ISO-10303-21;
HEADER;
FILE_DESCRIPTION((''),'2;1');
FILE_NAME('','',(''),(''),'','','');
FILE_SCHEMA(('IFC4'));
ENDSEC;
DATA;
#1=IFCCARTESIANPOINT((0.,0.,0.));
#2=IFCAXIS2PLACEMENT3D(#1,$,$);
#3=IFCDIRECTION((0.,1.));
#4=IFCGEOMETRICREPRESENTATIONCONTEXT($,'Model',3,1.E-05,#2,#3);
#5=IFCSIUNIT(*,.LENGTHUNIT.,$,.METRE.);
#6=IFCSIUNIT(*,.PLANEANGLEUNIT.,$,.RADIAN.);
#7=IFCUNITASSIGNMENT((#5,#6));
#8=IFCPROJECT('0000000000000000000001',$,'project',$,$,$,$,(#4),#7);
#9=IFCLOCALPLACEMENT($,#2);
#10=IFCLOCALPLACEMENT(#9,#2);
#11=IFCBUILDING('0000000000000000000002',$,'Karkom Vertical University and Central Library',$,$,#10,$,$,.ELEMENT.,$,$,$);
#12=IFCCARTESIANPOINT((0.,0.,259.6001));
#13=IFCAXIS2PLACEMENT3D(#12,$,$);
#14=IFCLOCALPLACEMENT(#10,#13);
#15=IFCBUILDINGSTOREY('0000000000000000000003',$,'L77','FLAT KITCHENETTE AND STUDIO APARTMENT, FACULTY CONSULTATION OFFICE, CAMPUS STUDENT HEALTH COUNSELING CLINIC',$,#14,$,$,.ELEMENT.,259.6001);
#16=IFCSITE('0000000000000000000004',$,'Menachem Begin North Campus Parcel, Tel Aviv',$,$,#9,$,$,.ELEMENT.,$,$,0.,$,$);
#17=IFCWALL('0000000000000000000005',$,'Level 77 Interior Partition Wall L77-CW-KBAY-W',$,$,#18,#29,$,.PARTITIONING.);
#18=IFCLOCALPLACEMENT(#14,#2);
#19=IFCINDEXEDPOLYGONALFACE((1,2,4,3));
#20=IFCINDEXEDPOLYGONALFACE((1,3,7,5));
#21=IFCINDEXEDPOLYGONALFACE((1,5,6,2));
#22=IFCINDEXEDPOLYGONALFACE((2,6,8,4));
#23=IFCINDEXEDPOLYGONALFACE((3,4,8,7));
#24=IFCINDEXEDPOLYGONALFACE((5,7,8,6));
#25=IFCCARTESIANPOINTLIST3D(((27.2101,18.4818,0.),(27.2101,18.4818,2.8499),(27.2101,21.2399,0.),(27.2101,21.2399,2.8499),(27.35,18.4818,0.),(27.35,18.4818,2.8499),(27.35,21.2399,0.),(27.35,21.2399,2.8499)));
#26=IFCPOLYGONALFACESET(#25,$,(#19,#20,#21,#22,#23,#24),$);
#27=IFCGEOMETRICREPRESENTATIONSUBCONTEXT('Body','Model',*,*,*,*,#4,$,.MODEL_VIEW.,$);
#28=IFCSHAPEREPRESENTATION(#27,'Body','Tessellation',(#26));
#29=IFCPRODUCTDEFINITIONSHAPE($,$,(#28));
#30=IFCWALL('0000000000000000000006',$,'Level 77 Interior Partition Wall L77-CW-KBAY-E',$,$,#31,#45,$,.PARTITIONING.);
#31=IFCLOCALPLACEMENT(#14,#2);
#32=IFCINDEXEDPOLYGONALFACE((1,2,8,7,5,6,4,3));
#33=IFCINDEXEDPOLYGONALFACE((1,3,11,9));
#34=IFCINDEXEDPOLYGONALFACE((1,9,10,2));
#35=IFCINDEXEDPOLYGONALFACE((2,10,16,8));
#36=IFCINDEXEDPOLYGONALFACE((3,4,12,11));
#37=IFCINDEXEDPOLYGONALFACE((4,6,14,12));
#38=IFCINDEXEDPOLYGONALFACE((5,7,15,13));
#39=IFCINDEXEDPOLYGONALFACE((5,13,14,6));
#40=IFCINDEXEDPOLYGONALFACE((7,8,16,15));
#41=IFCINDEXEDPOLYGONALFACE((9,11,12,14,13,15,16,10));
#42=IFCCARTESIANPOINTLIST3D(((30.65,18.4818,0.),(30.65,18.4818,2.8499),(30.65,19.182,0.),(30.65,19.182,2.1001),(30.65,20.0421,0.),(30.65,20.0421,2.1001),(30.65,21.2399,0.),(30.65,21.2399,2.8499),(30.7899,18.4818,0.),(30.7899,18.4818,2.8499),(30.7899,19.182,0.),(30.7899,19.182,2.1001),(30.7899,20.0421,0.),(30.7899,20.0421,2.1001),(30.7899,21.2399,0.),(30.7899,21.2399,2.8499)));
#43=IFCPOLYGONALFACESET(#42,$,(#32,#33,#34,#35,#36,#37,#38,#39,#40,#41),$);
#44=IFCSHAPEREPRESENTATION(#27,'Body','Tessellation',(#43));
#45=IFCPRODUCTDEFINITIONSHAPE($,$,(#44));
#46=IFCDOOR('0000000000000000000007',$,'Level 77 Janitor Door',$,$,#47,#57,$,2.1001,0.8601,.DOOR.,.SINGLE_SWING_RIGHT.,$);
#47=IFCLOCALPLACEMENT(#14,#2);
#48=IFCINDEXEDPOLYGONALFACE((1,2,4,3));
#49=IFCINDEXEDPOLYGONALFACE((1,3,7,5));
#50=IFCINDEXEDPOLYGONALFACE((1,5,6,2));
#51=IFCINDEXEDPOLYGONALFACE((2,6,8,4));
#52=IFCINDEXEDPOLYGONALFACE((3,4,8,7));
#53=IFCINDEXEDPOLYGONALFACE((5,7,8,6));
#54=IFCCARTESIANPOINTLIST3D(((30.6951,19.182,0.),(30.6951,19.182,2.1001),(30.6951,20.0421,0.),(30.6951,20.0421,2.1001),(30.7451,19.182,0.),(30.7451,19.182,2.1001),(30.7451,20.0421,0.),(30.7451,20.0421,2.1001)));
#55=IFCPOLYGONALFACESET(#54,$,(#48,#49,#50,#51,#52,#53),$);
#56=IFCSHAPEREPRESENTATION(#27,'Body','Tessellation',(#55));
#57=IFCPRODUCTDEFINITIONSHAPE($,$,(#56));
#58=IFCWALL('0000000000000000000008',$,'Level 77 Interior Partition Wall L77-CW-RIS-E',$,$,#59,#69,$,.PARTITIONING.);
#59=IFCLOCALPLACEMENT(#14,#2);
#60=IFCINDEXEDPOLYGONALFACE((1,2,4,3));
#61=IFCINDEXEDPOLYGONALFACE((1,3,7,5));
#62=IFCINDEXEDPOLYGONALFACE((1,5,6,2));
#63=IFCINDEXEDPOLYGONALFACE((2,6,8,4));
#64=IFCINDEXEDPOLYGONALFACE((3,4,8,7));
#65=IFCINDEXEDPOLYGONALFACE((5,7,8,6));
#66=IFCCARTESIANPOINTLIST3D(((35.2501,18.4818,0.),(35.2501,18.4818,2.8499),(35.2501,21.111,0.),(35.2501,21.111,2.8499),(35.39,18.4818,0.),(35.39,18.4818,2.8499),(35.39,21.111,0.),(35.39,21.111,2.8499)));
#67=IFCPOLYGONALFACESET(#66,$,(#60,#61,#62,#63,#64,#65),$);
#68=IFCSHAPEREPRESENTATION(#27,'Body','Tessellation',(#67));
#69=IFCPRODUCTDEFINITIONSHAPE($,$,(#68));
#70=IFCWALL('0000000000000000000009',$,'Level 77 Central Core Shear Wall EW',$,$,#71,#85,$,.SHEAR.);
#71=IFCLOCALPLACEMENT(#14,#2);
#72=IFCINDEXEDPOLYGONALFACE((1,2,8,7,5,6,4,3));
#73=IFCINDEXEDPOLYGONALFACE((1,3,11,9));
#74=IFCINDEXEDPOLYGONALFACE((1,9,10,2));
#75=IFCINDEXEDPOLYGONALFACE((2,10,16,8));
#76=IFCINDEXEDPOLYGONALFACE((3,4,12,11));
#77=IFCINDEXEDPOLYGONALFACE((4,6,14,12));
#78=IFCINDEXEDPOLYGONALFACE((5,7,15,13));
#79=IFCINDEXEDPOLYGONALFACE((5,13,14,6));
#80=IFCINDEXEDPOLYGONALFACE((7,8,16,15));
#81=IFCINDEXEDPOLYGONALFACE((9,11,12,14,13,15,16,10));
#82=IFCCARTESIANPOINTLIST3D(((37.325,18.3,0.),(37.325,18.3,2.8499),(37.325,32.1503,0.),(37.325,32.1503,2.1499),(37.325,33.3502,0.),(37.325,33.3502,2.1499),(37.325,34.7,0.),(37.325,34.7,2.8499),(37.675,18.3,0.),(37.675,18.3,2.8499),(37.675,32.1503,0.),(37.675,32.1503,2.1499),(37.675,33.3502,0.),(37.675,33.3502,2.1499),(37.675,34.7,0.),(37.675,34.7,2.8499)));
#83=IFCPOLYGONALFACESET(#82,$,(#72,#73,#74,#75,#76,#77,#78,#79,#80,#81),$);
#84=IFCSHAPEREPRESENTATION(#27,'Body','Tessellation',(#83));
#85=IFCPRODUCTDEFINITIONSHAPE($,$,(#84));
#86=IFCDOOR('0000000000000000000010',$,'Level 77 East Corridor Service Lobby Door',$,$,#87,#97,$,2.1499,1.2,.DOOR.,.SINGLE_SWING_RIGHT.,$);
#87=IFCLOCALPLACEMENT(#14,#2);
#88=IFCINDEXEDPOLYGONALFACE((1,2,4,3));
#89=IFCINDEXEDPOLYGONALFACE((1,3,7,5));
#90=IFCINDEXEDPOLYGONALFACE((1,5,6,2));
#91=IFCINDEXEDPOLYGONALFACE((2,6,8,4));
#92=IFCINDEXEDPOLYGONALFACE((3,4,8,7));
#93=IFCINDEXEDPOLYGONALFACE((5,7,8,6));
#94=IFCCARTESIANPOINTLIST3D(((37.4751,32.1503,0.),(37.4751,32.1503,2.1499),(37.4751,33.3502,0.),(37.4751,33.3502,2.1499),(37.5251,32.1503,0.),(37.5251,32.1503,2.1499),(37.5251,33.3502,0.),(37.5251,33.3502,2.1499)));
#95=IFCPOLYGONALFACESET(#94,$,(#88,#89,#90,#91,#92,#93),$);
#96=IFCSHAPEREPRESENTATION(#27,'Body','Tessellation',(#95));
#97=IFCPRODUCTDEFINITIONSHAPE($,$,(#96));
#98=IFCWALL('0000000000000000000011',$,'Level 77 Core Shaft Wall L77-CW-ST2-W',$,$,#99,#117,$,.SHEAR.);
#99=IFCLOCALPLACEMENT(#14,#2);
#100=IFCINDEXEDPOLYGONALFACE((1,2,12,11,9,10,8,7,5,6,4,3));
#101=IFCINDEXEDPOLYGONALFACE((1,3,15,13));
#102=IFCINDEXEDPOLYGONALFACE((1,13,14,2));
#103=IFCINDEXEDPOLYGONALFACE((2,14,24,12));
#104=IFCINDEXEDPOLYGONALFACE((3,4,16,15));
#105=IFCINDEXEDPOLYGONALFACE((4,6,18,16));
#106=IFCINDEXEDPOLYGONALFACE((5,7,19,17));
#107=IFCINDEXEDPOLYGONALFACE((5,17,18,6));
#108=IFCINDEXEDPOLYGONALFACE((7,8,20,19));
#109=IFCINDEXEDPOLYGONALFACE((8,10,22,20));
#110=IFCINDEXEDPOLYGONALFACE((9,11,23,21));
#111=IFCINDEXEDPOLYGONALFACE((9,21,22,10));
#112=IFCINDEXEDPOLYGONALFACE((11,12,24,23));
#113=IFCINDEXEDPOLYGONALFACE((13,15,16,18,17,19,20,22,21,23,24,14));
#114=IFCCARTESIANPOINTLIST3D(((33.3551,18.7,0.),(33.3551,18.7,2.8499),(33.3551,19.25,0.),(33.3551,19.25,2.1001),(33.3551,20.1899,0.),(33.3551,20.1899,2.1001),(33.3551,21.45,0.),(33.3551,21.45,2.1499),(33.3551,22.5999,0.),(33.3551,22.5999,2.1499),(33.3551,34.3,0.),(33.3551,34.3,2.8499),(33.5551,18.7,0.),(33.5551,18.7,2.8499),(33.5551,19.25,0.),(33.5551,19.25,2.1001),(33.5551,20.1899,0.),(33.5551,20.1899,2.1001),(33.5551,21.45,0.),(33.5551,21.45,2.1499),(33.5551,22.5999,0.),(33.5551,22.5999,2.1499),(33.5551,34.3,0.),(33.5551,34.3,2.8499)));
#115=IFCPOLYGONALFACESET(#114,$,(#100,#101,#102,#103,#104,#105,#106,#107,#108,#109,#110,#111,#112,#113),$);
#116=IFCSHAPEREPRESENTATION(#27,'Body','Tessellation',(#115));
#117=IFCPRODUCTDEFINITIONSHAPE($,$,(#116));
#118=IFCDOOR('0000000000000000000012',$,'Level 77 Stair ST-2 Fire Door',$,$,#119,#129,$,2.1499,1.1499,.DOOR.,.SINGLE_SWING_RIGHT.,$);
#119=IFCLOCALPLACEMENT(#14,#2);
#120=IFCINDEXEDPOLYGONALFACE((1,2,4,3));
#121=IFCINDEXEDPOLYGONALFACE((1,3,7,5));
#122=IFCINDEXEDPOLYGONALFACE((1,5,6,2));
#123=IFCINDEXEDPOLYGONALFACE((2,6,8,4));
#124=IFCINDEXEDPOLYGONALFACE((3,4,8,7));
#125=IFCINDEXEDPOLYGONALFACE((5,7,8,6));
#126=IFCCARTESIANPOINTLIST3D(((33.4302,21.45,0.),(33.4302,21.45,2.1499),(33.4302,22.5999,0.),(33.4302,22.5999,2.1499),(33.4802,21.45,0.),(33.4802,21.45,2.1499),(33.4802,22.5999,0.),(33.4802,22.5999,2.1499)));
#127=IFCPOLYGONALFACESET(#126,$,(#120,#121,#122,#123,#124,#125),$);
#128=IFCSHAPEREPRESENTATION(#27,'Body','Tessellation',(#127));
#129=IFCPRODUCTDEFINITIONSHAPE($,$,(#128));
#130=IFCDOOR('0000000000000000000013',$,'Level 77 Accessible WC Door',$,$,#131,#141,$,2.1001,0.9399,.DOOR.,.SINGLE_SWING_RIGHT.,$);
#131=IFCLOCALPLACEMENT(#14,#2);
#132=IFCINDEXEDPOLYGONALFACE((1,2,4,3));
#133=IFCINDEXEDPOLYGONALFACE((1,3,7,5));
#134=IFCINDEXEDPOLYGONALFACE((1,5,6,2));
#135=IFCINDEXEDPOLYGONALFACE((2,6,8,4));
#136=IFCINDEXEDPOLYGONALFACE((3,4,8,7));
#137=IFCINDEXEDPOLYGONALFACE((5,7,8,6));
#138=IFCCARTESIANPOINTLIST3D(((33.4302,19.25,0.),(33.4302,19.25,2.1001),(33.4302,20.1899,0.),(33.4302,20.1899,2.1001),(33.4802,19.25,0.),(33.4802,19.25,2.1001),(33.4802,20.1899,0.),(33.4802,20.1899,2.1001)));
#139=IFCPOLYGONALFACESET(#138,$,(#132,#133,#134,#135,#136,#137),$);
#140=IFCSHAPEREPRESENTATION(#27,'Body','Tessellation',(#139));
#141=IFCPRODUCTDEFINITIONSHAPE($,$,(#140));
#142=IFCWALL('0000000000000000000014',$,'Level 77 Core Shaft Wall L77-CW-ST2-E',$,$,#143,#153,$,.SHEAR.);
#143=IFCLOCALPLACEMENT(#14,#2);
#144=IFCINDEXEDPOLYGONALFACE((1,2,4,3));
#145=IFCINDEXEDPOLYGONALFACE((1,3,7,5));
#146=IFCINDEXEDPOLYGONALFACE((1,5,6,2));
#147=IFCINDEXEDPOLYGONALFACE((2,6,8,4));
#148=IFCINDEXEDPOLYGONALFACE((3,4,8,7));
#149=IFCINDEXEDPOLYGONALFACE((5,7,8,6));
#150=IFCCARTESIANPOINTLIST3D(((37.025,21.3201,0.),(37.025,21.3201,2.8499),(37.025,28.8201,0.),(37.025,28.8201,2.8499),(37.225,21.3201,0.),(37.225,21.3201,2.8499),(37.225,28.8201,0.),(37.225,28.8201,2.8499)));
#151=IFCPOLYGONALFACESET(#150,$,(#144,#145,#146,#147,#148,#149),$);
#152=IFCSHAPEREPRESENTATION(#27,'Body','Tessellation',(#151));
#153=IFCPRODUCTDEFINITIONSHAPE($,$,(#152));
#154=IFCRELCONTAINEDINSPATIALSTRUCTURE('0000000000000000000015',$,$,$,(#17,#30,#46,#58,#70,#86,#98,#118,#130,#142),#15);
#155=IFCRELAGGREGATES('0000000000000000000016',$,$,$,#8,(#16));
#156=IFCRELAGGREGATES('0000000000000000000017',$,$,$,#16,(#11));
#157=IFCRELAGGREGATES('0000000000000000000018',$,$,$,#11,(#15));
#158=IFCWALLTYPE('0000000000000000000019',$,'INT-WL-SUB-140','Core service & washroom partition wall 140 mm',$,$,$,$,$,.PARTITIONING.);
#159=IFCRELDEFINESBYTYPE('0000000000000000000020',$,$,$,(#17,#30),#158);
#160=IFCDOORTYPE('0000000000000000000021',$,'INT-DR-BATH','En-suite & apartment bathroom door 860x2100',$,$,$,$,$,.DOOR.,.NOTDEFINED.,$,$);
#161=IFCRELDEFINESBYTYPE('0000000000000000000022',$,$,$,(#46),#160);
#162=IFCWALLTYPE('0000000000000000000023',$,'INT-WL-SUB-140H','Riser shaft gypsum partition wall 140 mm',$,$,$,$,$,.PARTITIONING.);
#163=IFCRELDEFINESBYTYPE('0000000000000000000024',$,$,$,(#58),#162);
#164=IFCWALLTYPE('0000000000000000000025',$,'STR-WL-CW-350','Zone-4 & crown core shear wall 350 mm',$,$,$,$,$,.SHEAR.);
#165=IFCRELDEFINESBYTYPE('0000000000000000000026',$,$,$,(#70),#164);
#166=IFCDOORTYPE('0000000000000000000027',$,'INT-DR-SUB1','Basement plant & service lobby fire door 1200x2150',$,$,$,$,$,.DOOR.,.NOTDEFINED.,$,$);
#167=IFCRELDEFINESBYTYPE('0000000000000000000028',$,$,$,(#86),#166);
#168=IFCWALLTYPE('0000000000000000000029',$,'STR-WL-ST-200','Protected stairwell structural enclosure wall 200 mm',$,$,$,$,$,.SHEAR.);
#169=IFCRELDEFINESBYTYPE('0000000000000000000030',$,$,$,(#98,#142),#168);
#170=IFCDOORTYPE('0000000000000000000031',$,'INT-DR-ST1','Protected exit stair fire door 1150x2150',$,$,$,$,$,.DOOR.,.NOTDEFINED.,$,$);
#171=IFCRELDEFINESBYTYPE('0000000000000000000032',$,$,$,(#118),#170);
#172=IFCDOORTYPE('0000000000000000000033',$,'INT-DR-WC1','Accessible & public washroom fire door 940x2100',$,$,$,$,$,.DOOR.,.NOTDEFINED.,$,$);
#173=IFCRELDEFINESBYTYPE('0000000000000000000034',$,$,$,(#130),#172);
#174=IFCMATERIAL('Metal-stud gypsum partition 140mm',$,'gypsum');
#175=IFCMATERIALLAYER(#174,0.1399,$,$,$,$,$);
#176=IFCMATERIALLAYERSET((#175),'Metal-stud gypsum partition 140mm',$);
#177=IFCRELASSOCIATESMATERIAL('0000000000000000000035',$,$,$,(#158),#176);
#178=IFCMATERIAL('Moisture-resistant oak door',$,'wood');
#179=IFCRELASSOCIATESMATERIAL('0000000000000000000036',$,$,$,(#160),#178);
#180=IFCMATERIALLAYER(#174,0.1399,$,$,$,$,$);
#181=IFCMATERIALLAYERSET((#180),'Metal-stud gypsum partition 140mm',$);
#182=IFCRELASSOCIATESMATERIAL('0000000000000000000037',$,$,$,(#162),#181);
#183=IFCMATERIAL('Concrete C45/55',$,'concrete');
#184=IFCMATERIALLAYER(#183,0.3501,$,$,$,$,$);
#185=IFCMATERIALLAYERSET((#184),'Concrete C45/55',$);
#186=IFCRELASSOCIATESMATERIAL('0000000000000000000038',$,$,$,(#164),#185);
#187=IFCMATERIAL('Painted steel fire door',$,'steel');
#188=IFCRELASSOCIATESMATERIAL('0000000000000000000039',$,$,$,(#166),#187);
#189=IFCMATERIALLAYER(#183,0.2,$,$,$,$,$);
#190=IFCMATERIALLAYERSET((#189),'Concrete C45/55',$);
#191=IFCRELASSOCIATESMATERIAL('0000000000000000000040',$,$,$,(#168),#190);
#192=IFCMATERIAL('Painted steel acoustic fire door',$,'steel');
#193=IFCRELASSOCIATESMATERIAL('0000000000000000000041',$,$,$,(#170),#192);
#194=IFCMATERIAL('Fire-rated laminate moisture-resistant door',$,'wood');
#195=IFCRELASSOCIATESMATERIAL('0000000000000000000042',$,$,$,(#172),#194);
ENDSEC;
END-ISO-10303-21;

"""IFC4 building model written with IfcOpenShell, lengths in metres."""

from ifc_helpers import new_model, si_unit, direction, frame, frame_2d, origin, origin_with_axes, place, context, subcontext, project, spatial, rectangle, extrude, source, transform, mapped, material, layer, layer_set, type_object, element, fill, save


model = new_model("IFC4")

# Units and contexts
model_context = context("Model", 3, precision=1e-05, world=origin(), true_north=direction((0.0, 1.0)))
body_context = subcontext(model_context, "Body", "Model", "MODEL_VIEW")
ifc_project = project(units=[si_unit("LENGTHUNIT", "METRE"), si_unit("PLANEANGLEUNIT", "RADIAN")], contexts=[model_context])

# Site, building, storey
site_placement = place(None, origin())
site = spatial("IfcSite", under=ifc_project, at=site_placement, Name="Menachem Begin North Campus Parcel, Tel Aviv", CompositionType="ELEMENT", RefElevation=0.0)
building_placement = place(site_placement, origin())
building = spatial("IfcBuilding", under=site, at=building_placement, Name="Karkom Vertical University and Central Library", CompositionType="ELEMENT")
storey_placement = place(building_placement, frame((0.0, 0.0, 259.6001)))
storey = spatial("IfcBuildingStorey", under=building, at=storey_placement, Name="L77", Description="FLAT KITCHENETTE AND STUDIO APARTMENT, FACULTY CONSULTATION OFFICE, CAMPUS STUDENT HEALTH COUNSELING CLINIC", CompositionType="ELEMENT", Elevation=259.6001)

# Shared definitions
ifc_material_1 = material(Name="Concrete C45/55", Category="concrete")

# Shared definitions
ifc_material_2 = material(Name="Metal-stud gypsum partition 140mm", Category="gypsum")
ifc_layer_1 = layer(ifc_material_2, 0.1399)
ifc_layer_set_1 = layer_set([ifc_layer_1], Name="Metal-stud gypsum partition 140mm")
wall_type_1 = type_object("IfcWallType", Name="INT-WL-SUB-140", Description="Core service & washroom partition wall 140 mm", PredefinedType="PARTITIONING", material=ifc_layer_set_1)

# Wall
wall_1_placement = place(storey_placement, frame((27.28, 18.4819, 0.0), z_axis=(0.0, 0.0, 1.0), x_axis=(0.0, 1.0, 0.0)))
element("IfcWall", 1, at=wall_1_placement, inside=storey, type_object=wall_type_1, Name="Level 77 Interior Partition Wall L77-CW-KBAY-W", PredefinedType="PARTITIONING", context=body_context, shape_type="SweptSolid", body=[
    extrude(rectangle(XDim=2.7581, YDim=0.1399, at=frame_2d((1.3789, 0.0))), origin(), (0.0, 0.0, 1.0), 2.8499),
])

# Wall, opening, door
wall_2_placement = place(storey_placement, frame((30.72, 18.4819, 0.0), z_axis=(0.0, 0.0, 1.0), x_axis=(0.0, 1.0, 0.0)))
wall_2 = element("IfcWall", 2, at=wall_2_placement, inside=storey, type_object=wall_type_1, Name="Level 77 Interior Partition Wall L77-CW-KBAY-E", PredefinedType="PARTITIONING", context=body_context, shape_type="SweptSolid", body=[
    extrude(rectangle(XDim=2.7581, YDim=0.1399, at=frame_2d((1.3789, 0.0))), origin(), (0.0, 0.0, 1.0), 2.8499),
])
opening_1_placement = place(wall_2_placement, frame((0.7, 0.0, 0.0)))
opening_1 = element("IfcOpeningElement", 3, at=opening_1_placement, cuts=wall_2, PredefinedType="OPENING", context=body_context, shape_type="SweptSolid", body=[
    extrude(rectangle(XDim=0.8601, YDim=2.1001, at=frame_2d((0.4302, 1.05))), frame((0.0, 0.0801, 0.0), z_axis=(0.0, -1.0, 0.0), x_axis=(1.0, 0.0, 0.0)), (0.0, 0.0, 1.0), 0.1599),
])
ifc_material_3 = material(Name="Moisture-resistant oak door", Category="wood")
door_type_1 = type_object("IfcDoorType", Name="INT-DR-BATH", Description="En-suite & apartment bathroom door 860x2100", OperationType="NOTDEFINED", PredefinedType="DOOR", material=ifc_material_3)
shared_shape_1 = source(origin_with_axes(), body_context, "Body", "SweptSolid", [
    extrude(rectangle(XDim=0.8601, YDim=2.1001, at=frame_2d((0.4302, 1.05))), frame((0.0, 0.0249, 0.0), z_axis=(0.0, -1.0, 0.0), x_axis=(1.0, 0.0, 0.0)), (0.0, 0.0, 1.0), 0.05),
])
door_1_placement = place(opening_1_placement, origin())
door_1 = element("IfcDoor", 4, at=door_1_placement, inside=storey, type_object=door_type_1, Name="Level 77 Janitor Door", OperationType="SINGLE_SWING_RIGHT", OverallHeight=2.1001, OverallWidth=0.8601, PredefinedType="DOOR", context=body_context, shape_type="MappedRepresentation", body=[
    mapped(shared_shape_1, transform((0.0, 0.0, 0.0), scale=1.0)),
])
fill(opening_1, door_1)

# Wall
ifc_layer_2 = layer(ifc_material_2, 0.1399)
ifc_layer_set_2 = layer_set([ifc_layer_2], Name="Metal-stud gypsum partition 140mm")
wall_type_2 = type_object("IfcWallType", Name="INT-WL-SUB-140H", Description="Riser shaft gypsum partition wall 140 mm", PredefinedType="PARTITIONING", material=ifc_layer_set_2)
wall_3_placement = place(storey_placement, frame((35.3201, 18.4819, 0.0), z_axis=(0.0, 0.0, 1.0), x_axis=(0.0, 1.0, 0.0)))
element("IfcWall", 5, at=wall_3_placement, inside=storey, type_object=wall_type_2, Name="Level 77 Interior Partition Wall L77-CW-RIS-E", PredefinedType="PARTITIONING", context=body_context, shape_type="SweptSolid", body=[
    extrude(rectangle(XDim=2.6292, YDim=0.1399, at=frame_2d((1.3145, 0.0))), origin(), (0.0, 0.0, 1.0), 2.8499),
])

# Wall, opening, door
ifc_layer_3 = layer(ifc_material_1, 0.3501)
ifc_layer_set_3 = layer_set([ifc_layer_3], Name="Concrete C45/55")
wall_type_3 = type_object("IfcWallType", Name="STR-WL-CW-350", Description="Zone-4 & crown core shear wall 350 mm", PredefinedType="SHEAR", material=ifc_layer_set_3)
wall_4_placement = place(storey_placement, frame((37.5, 18.3, 0.0), z_axis=(0.0, 0.0, 1.0), x_axis=(0.0, 1.0, 0.0)))
wall_4 = element("IfcWall", 6, at=wall_4_placement, inside=storey, type_object=wall_type_3, Name="Level 77 Central Core Shear Wall EW", PredefinedType="SHEAR", context=body_context, shape_type="SweptSolid", body=[
    extrude(rectangle(XDim=16.3999, YDim=0.3501, at=frame_2d((8.2, 0.0))), origin(), (0.0, 0.0, 1.0), 2.8499),
])
opening_2_placement = place(wall_4_placement, frame((13.8501, 0.0, 0.0)))
opening_2 = element("IfcOpeningElement", 7, at=opening_2_placement, cuts=wall_4, PredefinedType="OPENING", context=body_context, shape_type="SweptSolid", body=[
    extrude(rectangle(XDim=1.2, YDim=2.1499, at=frame_2d((0.6001, 1.075))), frame((0.0, 0.1851, 0.0), z_axis=(0.0, -1.0, 0.0), x_axis=(1.0, 0.0, 0.0)), (0.0, 0.0, 1.0), 0.3701),
])
ifc_material_4 = material(Name="Painted steel fire door", Category="steel")
door_type_2 = type_object("IfcDoorType", Name="INT-DR-SUB1", Description="Basement plant & service lobby fire door 1200x2150", OperationType="NOTDEFINED", PredefinedType="DOOR", material=ifc_material_4)
shared_shape_2 = source(origin_with_axes(), body_context, "Body", "SweptSolid", [
    extrude(rectangle(XDim=1.2, YDim=2.1499, at=frame_2d((0.6001, 1.075))), frame((0.0, 0.0249, 0.0), z_axis=(0.0, -1.0, 0.0), x_axis=(1.0, 0.0, 0.0)), (0.0, 0.0, 1.0), 0.05),
])
door_2_placement = place(opening_2_placement, origin())
door_2 = element("IfcDoor", 8, at=door_2_placement, inside=storey, type_object=door_type_2, Name="Level 77 East Corridor Service Lobby Door", OperationType="SINGLE_SWING_RIGHT", OverallHeight=2.1499, OverallWidth=1.2, PredefinedType="DOOR", context=body_context, shape_type="MappedRepresentation", body=[
    mapped(shared_shape_2, transform((0.0, 0.0, 0.0), scale=1.0)),
])
fill(opening_2, door_2)

# Wall, openings, doors
ifc_layer_4 = layer(ifc_material_1, 0.2)
ifc_layer_set_4 = layer_set([ifc_layer_4], Name="Concrete C45/55")
wall_type_4 = type_object("IfcWallType", Name="STR-WL-ST-200", Description="Protected stairwell structural enclosure wall 200 mm", PredefinedType="SHEAR", material=ifc_layer_set_4)
wall_5_placement = place(storey_placement, frame((33.4551, 18.7, 0.0), z_axis=(0.0, 0.0, 1.0), x_axis=(0.0, 1.0, 0.0)))
wall_5 = element("IfcWall", 9, at=wall_5_placement, inside=storey, type_object=wall_type_4, Name="Level 77 Core Shaft Wall L77-CW-ST2-W", PredefinedType="SHEAR", context=body_context, shape_type="SweptSolid", body=[
    extrude(rectangle(XDim=15.6001, YDim=0.2, at=frame_2d((7.8, 0.0))), origin(), (0.0, 0.0, 1.0), 2.8499),
])
opening_3_placement = place(wall_5_placement, frame((2.75, 0.0, 0.0)))
opening_3 = element("IfcOpeningElement", 10, at=opening_3_placement, cuts=wall_5, PredefinedType="OPENING", context=body_context, shape_type="SweptSolid", body=[
    extrude(rectangle(XDim=1.1499, YDim=2.1499, at=frame_2d((0.575, 1.075))), frame((0.0, 0.1099, 0.0), z_axis=(0.0, -1.0, 0.0), x_axis=(1.0, 0.0, 0.0)), (0.0, 0.0, 1.0), 0.22),
])
opening_4_placement = place(wall_5_placement, frame((0.55, 0.0, 0.0)))
opening_4 = element("IfcOpeningElement", 11, at=opening_4_placement, cuts=wall_5, PredefinedType="OPENING", context=body_context, shape_type="SweptSolid", body=[
    extrude(rectangle(XDim=0.9399, YDim=2.1001, at=frame_2d((0.47, 1.05))), frame((0.0, 0.1099, 0.0), z_axis=(0.0, -1.0, 0.0), x_axis=(1.0, 0.0, 0.0)), (0.0, 0.0, 1.0), 0.22),
])
ifc_material_5 = material(Name="Painted steel acoustic fire door", Category="steel")
door_type_3 = type_object("IfcDoorType", Name="INT-DR-ST1", Description="Protected exit stair fire door 1150x2150", OperationType="NOTDEFINED", PredefinedType="DOOR", material=ifc_material_5)
shared_shape_3 = source(origin_with_axes(), body_context, "Body", "SweptSolid", [
    extrude(rectangle(XDim=1.1499, YDim=2.1499, at=frame_2d((0.575, 1.075))), frame((0.0, 0.0249, 0.0), z_axis=(0.0, -1.0, 0.0), x_axis=(1.0, 0.0, 0.0)), (0.0, 0.0, 1.0), 0.05),
])
door_3_placement = place(opening_3_placement, origin())
door_3 = element("IfcDoor", 12, at=door_3_placement, inside=storey, type_object=door_type_3, Name="Level 77 Stair ST-2 Fire Door", OperationType="SINGLE_SWING_RIGHT", OverallHeight=2.1499, OverallWidth=1.1499, PredefinedType="DOOR", context=body_context, shape_type="MappedRepresentation", body=[
    mapped(shared_shape_3, transform((0.0, 0.0, 0.0), scale=1.0)),
])
fill(opening_3, door_3)
ifc_material_6 = material(Name="Fire-rated laminate moisture-resistant door", Category="wood")
door_type_4 = type_object("IfcDoorType", Name="INT-DR-WC1", Description="Accessible & public washroom fire door 940x2100", OperationType="NOTDEFINED", PredefinedType="DOOR", material=ifc_material_6)
shared_shape_4 = source(origin_with_axes(), body_context, "Body", "SweptSolid", [
    extrude(rectangle(XDim=0.9399, YDim=2.1001, at=frame_2d((0.47, 1.05))), frame((0.0, 0.0249, 0.0), z_axis=(0.0, -1.0, 0.0), x_axis=(1.0, 0.0, 0.0)), (0.0, 0.0, 1.0), 0.05),
])
door_4_placement = place(opening_4_placement, origin())
door_4 = element("IfcDoor", 13, at=door_4_placement, inside=storey, type_object=door_type_4, Name="Level 77 Accessible WC Door", OperationType="SINGLE_SWING_RIGHT", OverallHeight=2.1001, OverallWidth=0.9399, PredefinedType="DOOR", context=body_context, shape_type="MappedRepresentation", body=[
    mapped(shared_shape_4, transform((0.0, 0.0, 0.0), scale=1.0)),
])
fill(opening_4, door_4)

# Wall
wall_6_placement = place(storey_placement, frame((37.125, 21.3201, 0.0), z_axis=(0.0, 0.0, 1.0), x_axis=(0.0, 1.0, 0.0)))
element("IfcWall", 14, at=wall_6_placement, inside=storey, type_object=wall_type_4, Name="Level 77 Core Shaft Wall L77-CW-ST2-E", PredefinedType="SHEAR", context=body_context, shape_type="SweptSolid", body=[
    extrude(rectangle(XDim=7.5, YDim=0.2, at=frame_2d((3.75, 0.0))), origin(), (0.0, 0.0, 1.0), 2.8499),
])

save(model, "model.ifc")
